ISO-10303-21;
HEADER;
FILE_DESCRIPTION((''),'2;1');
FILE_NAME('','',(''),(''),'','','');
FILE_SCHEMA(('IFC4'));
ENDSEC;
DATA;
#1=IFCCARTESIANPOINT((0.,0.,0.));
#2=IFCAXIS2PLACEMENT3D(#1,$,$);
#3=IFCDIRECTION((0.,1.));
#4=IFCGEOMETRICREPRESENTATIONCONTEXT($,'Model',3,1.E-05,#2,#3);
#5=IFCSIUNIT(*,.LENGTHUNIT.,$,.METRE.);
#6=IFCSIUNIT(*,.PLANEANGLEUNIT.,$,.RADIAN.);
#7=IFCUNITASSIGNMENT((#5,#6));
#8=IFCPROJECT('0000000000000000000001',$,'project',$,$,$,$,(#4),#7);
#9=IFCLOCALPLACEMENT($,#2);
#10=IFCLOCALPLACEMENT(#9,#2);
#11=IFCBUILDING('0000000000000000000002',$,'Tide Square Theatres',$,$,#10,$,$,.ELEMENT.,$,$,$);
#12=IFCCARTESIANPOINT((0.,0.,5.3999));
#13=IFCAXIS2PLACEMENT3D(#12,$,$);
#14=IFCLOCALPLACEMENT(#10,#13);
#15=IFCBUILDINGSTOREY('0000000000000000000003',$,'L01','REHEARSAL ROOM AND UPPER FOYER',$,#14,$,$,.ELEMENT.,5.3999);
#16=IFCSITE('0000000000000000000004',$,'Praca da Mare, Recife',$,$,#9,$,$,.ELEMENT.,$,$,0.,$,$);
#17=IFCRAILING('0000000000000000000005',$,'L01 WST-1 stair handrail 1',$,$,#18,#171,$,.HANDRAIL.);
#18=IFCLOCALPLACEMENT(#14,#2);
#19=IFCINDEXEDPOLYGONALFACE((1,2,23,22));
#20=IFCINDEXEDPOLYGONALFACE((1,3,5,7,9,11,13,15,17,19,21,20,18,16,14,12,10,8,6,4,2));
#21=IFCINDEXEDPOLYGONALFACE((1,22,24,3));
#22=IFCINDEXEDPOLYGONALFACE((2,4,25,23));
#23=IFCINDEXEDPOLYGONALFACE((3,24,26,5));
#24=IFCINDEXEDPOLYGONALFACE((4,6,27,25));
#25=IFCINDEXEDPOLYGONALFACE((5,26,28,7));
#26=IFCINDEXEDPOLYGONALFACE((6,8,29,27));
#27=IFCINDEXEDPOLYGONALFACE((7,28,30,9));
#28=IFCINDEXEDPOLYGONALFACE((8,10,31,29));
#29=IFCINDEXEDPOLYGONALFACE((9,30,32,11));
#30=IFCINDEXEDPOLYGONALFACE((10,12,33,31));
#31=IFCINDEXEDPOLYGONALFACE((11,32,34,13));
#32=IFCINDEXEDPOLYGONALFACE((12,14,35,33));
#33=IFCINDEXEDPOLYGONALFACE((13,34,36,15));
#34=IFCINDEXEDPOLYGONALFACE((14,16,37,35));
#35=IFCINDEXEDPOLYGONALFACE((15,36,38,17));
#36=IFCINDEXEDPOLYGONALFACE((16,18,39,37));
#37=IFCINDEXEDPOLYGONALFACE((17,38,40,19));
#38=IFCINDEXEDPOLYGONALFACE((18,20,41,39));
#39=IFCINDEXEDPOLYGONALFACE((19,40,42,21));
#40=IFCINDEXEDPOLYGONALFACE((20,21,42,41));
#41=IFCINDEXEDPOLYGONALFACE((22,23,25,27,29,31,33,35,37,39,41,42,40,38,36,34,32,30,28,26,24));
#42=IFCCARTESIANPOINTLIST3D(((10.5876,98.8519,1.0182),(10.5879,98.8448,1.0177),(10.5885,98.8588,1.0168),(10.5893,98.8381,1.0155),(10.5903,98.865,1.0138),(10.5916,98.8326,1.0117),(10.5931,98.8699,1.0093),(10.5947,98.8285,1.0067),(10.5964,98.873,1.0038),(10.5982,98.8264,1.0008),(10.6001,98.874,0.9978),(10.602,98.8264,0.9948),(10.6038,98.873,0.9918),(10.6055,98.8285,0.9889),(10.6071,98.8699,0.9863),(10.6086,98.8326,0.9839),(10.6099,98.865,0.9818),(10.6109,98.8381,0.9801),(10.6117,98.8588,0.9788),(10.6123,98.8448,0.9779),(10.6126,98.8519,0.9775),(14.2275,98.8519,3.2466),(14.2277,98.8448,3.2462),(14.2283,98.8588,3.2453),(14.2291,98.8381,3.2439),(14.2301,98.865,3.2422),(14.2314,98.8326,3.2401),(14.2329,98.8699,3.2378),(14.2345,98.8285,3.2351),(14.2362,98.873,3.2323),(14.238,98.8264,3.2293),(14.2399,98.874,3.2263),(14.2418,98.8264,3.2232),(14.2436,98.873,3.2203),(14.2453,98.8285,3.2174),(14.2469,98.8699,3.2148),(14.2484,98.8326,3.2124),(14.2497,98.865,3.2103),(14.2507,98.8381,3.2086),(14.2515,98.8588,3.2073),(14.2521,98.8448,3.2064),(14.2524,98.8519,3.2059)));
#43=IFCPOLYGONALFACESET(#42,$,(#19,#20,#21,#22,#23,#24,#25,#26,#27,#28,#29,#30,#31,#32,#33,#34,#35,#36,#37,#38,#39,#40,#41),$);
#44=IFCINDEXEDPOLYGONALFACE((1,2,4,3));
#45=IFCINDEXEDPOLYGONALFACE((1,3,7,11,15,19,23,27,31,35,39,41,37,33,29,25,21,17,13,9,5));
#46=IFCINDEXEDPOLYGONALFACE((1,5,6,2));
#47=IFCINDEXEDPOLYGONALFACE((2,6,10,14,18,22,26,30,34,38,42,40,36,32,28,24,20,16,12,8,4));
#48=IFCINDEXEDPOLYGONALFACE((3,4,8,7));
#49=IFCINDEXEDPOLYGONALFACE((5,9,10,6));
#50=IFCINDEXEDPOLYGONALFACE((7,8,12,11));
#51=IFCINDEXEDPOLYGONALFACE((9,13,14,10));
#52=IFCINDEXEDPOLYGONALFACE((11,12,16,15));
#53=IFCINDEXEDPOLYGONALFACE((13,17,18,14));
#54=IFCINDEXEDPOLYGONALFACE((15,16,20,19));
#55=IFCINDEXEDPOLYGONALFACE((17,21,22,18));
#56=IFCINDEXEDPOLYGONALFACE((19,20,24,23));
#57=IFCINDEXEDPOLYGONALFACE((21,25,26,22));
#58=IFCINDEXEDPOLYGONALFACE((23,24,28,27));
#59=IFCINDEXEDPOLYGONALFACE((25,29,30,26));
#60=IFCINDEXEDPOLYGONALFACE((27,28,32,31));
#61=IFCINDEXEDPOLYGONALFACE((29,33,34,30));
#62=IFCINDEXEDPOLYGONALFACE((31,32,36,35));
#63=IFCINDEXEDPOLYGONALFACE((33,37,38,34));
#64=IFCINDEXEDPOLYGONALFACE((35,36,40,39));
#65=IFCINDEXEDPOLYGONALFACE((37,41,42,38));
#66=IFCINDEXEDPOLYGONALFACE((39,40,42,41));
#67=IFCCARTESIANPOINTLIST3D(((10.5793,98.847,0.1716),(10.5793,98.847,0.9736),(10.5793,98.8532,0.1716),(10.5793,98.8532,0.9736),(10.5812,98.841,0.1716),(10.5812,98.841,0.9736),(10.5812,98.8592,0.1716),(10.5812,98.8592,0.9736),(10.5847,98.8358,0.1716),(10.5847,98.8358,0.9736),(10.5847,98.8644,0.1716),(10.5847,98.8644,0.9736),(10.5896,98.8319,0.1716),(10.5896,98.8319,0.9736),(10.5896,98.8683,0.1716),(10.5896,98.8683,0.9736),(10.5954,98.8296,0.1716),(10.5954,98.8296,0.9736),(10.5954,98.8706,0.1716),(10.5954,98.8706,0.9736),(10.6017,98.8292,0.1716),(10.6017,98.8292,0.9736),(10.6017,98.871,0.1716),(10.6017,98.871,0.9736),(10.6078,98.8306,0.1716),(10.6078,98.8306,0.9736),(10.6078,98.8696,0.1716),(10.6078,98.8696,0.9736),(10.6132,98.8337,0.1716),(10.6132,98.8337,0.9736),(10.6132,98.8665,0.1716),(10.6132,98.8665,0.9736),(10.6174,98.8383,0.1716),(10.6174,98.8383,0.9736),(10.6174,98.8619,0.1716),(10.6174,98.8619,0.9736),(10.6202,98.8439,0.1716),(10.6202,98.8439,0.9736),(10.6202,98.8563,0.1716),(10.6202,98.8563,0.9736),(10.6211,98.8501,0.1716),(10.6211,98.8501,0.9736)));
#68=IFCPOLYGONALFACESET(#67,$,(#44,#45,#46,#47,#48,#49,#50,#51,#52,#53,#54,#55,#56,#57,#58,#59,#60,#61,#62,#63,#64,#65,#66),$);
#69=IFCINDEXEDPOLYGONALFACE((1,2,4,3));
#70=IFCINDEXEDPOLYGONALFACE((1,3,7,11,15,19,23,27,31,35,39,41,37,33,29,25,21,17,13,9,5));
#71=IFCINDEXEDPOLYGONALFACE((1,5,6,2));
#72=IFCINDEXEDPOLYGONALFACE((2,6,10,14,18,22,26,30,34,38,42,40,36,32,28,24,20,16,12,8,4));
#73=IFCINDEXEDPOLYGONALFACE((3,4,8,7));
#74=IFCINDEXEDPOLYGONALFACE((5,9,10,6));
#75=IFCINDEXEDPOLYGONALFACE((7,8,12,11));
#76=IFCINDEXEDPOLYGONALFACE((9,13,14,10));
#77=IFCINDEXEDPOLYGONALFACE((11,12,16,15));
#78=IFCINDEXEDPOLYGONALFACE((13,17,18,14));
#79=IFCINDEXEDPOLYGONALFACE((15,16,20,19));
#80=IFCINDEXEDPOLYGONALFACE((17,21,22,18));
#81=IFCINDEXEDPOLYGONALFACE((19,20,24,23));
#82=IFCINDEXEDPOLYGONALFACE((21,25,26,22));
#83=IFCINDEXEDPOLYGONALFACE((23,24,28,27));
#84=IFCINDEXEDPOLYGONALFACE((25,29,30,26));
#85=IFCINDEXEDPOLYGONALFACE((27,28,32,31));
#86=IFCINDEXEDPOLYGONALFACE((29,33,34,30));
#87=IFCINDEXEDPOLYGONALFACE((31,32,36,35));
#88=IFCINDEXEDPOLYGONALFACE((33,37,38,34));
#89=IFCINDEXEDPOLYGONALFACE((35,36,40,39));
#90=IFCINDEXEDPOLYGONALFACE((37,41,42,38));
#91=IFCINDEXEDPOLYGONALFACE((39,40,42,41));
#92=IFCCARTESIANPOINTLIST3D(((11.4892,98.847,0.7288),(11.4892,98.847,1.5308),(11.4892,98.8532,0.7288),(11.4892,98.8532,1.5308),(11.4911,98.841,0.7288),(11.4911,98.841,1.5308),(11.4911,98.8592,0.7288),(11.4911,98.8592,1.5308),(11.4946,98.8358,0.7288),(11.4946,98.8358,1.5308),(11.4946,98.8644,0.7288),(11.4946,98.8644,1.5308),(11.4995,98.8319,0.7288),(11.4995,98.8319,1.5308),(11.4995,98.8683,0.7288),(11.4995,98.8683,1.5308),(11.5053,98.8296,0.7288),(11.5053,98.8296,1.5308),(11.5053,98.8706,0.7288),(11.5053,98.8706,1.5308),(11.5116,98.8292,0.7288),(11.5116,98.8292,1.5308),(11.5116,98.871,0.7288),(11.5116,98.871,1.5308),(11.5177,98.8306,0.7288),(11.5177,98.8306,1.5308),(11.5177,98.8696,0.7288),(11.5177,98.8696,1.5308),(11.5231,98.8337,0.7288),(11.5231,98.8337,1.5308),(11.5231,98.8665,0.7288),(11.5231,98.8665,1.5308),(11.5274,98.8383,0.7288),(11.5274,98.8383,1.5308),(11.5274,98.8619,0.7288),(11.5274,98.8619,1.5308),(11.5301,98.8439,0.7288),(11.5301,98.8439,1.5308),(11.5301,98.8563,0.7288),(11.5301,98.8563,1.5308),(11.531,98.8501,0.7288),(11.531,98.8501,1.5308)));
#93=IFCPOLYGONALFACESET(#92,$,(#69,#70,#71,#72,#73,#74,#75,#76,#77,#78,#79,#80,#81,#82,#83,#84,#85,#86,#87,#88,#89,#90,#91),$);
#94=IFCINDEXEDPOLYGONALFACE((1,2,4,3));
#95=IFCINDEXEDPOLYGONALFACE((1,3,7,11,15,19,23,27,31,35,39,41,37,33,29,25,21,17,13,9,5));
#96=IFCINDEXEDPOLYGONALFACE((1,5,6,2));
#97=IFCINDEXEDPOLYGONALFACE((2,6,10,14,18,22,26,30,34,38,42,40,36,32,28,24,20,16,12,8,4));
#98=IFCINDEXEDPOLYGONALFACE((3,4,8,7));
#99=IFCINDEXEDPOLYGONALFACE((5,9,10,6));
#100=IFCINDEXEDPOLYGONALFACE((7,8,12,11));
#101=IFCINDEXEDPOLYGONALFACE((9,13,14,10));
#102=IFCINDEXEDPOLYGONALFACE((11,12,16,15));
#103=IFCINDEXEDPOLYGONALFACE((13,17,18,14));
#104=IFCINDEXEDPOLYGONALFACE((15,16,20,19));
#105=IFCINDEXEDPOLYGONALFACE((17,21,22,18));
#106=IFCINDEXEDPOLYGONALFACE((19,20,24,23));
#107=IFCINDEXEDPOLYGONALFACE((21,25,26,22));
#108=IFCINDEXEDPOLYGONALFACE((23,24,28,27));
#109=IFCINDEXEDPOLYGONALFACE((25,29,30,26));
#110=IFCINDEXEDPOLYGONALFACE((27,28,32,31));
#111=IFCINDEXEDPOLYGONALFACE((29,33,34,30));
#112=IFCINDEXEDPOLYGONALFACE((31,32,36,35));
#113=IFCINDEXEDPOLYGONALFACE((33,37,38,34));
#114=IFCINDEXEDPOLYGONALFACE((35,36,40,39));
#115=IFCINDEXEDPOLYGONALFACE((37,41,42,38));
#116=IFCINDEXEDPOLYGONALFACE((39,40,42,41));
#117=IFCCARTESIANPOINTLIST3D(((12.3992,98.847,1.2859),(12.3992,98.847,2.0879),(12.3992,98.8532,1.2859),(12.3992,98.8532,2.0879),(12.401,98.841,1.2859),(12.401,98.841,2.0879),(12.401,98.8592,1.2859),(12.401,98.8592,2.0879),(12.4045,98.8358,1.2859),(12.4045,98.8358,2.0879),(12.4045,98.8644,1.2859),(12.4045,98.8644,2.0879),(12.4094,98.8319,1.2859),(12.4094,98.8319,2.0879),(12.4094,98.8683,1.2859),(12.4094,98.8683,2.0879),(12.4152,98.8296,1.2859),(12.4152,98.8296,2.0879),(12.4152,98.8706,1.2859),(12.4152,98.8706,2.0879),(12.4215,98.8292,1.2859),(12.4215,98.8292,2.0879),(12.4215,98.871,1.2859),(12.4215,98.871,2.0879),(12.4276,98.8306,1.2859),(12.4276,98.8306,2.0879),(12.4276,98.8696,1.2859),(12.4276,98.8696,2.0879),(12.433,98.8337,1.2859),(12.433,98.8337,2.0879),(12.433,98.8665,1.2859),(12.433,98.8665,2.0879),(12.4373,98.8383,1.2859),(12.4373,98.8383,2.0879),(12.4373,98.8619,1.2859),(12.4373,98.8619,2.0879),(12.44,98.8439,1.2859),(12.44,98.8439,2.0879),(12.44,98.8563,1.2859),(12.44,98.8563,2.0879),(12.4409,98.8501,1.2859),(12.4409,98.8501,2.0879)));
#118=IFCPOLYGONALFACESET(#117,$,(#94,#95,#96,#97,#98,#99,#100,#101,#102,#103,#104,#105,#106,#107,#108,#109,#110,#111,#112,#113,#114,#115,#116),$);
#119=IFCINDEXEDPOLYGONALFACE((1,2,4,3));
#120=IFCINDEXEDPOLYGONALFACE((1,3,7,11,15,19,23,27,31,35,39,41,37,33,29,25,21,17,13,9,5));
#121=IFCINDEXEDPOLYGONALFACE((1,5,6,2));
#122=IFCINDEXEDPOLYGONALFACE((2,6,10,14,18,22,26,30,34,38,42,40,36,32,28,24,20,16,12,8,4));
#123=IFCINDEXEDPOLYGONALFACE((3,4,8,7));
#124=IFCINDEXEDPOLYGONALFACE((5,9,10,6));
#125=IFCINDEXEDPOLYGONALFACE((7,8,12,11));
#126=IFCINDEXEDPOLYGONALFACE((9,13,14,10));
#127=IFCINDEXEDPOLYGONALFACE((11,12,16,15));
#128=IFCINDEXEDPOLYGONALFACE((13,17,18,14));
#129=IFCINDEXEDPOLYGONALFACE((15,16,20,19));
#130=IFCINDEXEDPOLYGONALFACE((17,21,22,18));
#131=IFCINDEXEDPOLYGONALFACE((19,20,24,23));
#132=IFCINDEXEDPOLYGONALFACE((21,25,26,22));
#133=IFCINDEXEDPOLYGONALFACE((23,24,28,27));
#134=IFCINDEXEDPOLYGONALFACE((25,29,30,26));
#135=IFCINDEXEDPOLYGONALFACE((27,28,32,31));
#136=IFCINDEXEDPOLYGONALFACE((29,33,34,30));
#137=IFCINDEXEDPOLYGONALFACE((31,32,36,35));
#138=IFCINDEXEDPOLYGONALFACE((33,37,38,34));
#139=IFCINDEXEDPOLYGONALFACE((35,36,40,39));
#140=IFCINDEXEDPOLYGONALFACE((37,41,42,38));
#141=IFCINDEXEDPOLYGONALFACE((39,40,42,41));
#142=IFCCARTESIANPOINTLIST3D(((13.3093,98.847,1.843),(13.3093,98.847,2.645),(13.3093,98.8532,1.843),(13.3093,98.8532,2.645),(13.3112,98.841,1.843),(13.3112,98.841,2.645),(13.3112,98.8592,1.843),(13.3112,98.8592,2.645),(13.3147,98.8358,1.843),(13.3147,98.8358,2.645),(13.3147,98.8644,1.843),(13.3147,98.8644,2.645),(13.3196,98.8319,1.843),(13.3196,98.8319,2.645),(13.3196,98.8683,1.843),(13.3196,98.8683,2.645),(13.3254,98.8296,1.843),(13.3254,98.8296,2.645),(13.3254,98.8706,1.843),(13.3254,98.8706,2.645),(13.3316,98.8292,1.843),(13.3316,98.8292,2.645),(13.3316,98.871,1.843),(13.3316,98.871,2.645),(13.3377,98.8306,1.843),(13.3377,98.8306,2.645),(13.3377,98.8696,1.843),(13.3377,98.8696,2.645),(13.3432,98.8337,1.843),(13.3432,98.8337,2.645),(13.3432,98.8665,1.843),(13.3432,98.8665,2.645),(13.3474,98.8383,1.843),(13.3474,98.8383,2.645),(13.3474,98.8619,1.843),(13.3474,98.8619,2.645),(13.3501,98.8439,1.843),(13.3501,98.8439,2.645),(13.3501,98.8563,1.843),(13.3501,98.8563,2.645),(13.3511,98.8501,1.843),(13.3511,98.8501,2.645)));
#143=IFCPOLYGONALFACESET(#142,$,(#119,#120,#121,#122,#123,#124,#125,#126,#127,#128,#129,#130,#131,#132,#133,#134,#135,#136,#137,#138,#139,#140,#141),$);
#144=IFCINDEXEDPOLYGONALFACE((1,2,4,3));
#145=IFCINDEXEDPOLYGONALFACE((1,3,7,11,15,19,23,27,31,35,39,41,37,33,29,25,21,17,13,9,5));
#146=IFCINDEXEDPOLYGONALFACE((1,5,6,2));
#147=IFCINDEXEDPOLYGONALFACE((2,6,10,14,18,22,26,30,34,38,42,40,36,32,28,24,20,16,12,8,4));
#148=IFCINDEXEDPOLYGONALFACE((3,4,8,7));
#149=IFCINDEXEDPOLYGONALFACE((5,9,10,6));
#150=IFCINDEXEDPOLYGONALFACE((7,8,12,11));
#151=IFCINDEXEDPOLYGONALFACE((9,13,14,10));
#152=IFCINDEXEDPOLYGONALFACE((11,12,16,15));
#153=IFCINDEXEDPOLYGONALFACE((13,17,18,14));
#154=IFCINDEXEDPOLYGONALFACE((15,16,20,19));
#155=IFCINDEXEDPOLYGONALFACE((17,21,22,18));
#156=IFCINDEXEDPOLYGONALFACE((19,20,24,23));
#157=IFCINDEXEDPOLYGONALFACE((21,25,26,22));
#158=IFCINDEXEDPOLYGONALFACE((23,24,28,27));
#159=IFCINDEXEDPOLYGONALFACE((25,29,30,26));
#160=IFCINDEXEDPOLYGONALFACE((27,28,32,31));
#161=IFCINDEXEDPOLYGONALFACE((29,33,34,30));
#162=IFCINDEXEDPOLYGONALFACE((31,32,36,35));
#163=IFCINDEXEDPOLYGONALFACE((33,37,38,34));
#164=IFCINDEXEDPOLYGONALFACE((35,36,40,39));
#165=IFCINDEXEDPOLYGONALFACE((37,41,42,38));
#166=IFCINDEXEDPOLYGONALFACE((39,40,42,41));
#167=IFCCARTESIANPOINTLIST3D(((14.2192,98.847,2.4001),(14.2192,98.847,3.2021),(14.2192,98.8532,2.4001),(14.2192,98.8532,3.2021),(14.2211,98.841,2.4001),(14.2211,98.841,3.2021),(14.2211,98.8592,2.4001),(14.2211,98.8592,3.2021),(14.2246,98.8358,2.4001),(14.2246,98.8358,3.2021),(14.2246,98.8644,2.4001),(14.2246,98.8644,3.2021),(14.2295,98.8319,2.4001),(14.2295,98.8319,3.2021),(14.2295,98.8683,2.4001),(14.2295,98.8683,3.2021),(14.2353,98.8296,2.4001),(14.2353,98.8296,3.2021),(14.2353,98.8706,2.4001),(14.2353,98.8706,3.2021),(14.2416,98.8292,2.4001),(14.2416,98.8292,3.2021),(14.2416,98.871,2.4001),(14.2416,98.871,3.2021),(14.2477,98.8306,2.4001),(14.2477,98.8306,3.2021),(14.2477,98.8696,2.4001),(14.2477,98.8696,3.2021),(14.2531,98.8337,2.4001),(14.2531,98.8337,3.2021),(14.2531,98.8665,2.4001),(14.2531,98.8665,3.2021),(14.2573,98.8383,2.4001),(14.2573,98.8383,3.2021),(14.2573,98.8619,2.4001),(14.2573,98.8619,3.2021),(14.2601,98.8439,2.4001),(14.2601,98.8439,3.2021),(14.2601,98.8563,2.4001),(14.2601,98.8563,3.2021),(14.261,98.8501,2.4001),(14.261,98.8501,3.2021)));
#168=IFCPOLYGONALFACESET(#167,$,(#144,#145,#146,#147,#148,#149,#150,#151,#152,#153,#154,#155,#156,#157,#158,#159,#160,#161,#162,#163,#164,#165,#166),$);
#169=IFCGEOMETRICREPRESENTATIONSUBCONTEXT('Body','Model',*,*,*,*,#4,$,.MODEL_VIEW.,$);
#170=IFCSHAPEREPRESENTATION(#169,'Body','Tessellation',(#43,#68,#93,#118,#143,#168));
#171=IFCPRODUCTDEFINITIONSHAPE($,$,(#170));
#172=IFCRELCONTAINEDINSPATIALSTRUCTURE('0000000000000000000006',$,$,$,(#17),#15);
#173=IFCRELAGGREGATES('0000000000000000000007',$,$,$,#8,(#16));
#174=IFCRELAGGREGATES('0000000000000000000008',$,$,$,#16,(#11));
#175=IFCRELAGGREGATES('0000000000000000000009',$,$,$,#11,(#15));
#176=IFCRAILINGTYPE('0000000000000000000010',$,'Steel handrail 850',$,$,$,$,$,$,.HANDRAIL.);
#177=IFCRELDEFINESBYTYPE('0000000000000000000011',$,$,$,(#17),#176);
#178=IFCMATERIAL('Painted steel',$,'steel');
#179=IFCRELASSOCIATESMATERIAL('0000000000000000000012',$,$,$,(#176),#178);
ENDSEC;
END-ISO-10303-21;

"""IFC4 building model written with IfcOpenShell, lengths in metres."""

from ifc_helpers import new_model, si_unit, direction, frame, origin, origin_2d, place, context, subcontext, project, spatial, circle, extrude, material, type_object, element, save


model = new_model("IFC4")

# Units and contexts
model_context = context("Model", 3, precision=1e-05, world=origin(), true_north=direction((0.0, 1.0)))
body_context = subcontext(model_context, "Body", "Model", "MODEL_VIEW")
ifc_project = project(units=[si_unit("LENGTHUNIT", "METRE"), si_unit("PLANEANGLEUNIT", "RADIAN")], contexts=[model_context])

# Site, building, storey
site_placement = place(None, origin())
site = spatial("IfcSite", under=ifc_project, at=site_placement, Name="Praca da Mare, Recife", CompositionType="ELEMENT", RefElevation=0.0)
building_placement = place(site_placement, origin())
building = spatial("IfcBuilding", under=site, at=building_placement, Name="Tide Square Theatres", CompositionType="ELEMENT")
storey_placement = place(building_placement, frame((0.0, 0.0, 5.3999)))
storey = spatial("IfcBuildingStorey", under=building, at=storey_placement, Name="L01", Description="REHEARSAL ROOM AND UPPER FOYER", CompositionType="ELEMENT", Elevation=5.3999)

# Railing
ifc_material_1 = material(Name="Painted steel", Category="steel")
railing_type_1 = type_object("IfcRailingType", Name="Steel handrail 850", PredefinedType="HANDRAIL", material=ifc_material_1)
for number, where, name in (
    (1, (10.6001, 98.8501, 0.1716), "L01 WST-1 stair handrail 1"),
):
    element("IfcRailing", number, at=place(storey_placement, frame(where)), inside=storey, type_object=railing_type_1, Name=name, PredefinedType="HANDRAIL", context=body_context, shape_type="SweptSolid", body=[
        extrude(circle(Radius=0.0239, at=origin_2d()), frame((0.0, 0.0, 0.8262), z_axis=(0.85285, 0.0, 0.522156), x_axis=(0.0, 1.0, 0.0)), (0.0, 0.0, 1.0), 4.2678),
        extrude(circle(Radius=0.021, at=origin_2d()), origin(), (0.0, 0.0, 1.0), 0.802),
        extrude(circle(Radius=0.021, at=origin_2d()), frame((0.9099, 0.0, 0.5571)), (0.0, 0.0, 1.0), 0.802),
        extrude(circle(Radius=0.021, at=origin_2d()), frame((1.8198, 0.0, 1.1143)), (0.0, 0.0, 1.0), 0.802),
        extrude(circle(Radius=0.021, at=origin_2d()), frame((2.73, 0.0, 1.6714)), (0.0, 0.0, 1.0), 0.802),
        extrude(circle(Radius=0.021, at=origin_2d()), frame((3.6399, 0.0, 2.2285)), (0.0, 0.0, 1.0), 0.802),
    ])

save(model, "model.ifc")
